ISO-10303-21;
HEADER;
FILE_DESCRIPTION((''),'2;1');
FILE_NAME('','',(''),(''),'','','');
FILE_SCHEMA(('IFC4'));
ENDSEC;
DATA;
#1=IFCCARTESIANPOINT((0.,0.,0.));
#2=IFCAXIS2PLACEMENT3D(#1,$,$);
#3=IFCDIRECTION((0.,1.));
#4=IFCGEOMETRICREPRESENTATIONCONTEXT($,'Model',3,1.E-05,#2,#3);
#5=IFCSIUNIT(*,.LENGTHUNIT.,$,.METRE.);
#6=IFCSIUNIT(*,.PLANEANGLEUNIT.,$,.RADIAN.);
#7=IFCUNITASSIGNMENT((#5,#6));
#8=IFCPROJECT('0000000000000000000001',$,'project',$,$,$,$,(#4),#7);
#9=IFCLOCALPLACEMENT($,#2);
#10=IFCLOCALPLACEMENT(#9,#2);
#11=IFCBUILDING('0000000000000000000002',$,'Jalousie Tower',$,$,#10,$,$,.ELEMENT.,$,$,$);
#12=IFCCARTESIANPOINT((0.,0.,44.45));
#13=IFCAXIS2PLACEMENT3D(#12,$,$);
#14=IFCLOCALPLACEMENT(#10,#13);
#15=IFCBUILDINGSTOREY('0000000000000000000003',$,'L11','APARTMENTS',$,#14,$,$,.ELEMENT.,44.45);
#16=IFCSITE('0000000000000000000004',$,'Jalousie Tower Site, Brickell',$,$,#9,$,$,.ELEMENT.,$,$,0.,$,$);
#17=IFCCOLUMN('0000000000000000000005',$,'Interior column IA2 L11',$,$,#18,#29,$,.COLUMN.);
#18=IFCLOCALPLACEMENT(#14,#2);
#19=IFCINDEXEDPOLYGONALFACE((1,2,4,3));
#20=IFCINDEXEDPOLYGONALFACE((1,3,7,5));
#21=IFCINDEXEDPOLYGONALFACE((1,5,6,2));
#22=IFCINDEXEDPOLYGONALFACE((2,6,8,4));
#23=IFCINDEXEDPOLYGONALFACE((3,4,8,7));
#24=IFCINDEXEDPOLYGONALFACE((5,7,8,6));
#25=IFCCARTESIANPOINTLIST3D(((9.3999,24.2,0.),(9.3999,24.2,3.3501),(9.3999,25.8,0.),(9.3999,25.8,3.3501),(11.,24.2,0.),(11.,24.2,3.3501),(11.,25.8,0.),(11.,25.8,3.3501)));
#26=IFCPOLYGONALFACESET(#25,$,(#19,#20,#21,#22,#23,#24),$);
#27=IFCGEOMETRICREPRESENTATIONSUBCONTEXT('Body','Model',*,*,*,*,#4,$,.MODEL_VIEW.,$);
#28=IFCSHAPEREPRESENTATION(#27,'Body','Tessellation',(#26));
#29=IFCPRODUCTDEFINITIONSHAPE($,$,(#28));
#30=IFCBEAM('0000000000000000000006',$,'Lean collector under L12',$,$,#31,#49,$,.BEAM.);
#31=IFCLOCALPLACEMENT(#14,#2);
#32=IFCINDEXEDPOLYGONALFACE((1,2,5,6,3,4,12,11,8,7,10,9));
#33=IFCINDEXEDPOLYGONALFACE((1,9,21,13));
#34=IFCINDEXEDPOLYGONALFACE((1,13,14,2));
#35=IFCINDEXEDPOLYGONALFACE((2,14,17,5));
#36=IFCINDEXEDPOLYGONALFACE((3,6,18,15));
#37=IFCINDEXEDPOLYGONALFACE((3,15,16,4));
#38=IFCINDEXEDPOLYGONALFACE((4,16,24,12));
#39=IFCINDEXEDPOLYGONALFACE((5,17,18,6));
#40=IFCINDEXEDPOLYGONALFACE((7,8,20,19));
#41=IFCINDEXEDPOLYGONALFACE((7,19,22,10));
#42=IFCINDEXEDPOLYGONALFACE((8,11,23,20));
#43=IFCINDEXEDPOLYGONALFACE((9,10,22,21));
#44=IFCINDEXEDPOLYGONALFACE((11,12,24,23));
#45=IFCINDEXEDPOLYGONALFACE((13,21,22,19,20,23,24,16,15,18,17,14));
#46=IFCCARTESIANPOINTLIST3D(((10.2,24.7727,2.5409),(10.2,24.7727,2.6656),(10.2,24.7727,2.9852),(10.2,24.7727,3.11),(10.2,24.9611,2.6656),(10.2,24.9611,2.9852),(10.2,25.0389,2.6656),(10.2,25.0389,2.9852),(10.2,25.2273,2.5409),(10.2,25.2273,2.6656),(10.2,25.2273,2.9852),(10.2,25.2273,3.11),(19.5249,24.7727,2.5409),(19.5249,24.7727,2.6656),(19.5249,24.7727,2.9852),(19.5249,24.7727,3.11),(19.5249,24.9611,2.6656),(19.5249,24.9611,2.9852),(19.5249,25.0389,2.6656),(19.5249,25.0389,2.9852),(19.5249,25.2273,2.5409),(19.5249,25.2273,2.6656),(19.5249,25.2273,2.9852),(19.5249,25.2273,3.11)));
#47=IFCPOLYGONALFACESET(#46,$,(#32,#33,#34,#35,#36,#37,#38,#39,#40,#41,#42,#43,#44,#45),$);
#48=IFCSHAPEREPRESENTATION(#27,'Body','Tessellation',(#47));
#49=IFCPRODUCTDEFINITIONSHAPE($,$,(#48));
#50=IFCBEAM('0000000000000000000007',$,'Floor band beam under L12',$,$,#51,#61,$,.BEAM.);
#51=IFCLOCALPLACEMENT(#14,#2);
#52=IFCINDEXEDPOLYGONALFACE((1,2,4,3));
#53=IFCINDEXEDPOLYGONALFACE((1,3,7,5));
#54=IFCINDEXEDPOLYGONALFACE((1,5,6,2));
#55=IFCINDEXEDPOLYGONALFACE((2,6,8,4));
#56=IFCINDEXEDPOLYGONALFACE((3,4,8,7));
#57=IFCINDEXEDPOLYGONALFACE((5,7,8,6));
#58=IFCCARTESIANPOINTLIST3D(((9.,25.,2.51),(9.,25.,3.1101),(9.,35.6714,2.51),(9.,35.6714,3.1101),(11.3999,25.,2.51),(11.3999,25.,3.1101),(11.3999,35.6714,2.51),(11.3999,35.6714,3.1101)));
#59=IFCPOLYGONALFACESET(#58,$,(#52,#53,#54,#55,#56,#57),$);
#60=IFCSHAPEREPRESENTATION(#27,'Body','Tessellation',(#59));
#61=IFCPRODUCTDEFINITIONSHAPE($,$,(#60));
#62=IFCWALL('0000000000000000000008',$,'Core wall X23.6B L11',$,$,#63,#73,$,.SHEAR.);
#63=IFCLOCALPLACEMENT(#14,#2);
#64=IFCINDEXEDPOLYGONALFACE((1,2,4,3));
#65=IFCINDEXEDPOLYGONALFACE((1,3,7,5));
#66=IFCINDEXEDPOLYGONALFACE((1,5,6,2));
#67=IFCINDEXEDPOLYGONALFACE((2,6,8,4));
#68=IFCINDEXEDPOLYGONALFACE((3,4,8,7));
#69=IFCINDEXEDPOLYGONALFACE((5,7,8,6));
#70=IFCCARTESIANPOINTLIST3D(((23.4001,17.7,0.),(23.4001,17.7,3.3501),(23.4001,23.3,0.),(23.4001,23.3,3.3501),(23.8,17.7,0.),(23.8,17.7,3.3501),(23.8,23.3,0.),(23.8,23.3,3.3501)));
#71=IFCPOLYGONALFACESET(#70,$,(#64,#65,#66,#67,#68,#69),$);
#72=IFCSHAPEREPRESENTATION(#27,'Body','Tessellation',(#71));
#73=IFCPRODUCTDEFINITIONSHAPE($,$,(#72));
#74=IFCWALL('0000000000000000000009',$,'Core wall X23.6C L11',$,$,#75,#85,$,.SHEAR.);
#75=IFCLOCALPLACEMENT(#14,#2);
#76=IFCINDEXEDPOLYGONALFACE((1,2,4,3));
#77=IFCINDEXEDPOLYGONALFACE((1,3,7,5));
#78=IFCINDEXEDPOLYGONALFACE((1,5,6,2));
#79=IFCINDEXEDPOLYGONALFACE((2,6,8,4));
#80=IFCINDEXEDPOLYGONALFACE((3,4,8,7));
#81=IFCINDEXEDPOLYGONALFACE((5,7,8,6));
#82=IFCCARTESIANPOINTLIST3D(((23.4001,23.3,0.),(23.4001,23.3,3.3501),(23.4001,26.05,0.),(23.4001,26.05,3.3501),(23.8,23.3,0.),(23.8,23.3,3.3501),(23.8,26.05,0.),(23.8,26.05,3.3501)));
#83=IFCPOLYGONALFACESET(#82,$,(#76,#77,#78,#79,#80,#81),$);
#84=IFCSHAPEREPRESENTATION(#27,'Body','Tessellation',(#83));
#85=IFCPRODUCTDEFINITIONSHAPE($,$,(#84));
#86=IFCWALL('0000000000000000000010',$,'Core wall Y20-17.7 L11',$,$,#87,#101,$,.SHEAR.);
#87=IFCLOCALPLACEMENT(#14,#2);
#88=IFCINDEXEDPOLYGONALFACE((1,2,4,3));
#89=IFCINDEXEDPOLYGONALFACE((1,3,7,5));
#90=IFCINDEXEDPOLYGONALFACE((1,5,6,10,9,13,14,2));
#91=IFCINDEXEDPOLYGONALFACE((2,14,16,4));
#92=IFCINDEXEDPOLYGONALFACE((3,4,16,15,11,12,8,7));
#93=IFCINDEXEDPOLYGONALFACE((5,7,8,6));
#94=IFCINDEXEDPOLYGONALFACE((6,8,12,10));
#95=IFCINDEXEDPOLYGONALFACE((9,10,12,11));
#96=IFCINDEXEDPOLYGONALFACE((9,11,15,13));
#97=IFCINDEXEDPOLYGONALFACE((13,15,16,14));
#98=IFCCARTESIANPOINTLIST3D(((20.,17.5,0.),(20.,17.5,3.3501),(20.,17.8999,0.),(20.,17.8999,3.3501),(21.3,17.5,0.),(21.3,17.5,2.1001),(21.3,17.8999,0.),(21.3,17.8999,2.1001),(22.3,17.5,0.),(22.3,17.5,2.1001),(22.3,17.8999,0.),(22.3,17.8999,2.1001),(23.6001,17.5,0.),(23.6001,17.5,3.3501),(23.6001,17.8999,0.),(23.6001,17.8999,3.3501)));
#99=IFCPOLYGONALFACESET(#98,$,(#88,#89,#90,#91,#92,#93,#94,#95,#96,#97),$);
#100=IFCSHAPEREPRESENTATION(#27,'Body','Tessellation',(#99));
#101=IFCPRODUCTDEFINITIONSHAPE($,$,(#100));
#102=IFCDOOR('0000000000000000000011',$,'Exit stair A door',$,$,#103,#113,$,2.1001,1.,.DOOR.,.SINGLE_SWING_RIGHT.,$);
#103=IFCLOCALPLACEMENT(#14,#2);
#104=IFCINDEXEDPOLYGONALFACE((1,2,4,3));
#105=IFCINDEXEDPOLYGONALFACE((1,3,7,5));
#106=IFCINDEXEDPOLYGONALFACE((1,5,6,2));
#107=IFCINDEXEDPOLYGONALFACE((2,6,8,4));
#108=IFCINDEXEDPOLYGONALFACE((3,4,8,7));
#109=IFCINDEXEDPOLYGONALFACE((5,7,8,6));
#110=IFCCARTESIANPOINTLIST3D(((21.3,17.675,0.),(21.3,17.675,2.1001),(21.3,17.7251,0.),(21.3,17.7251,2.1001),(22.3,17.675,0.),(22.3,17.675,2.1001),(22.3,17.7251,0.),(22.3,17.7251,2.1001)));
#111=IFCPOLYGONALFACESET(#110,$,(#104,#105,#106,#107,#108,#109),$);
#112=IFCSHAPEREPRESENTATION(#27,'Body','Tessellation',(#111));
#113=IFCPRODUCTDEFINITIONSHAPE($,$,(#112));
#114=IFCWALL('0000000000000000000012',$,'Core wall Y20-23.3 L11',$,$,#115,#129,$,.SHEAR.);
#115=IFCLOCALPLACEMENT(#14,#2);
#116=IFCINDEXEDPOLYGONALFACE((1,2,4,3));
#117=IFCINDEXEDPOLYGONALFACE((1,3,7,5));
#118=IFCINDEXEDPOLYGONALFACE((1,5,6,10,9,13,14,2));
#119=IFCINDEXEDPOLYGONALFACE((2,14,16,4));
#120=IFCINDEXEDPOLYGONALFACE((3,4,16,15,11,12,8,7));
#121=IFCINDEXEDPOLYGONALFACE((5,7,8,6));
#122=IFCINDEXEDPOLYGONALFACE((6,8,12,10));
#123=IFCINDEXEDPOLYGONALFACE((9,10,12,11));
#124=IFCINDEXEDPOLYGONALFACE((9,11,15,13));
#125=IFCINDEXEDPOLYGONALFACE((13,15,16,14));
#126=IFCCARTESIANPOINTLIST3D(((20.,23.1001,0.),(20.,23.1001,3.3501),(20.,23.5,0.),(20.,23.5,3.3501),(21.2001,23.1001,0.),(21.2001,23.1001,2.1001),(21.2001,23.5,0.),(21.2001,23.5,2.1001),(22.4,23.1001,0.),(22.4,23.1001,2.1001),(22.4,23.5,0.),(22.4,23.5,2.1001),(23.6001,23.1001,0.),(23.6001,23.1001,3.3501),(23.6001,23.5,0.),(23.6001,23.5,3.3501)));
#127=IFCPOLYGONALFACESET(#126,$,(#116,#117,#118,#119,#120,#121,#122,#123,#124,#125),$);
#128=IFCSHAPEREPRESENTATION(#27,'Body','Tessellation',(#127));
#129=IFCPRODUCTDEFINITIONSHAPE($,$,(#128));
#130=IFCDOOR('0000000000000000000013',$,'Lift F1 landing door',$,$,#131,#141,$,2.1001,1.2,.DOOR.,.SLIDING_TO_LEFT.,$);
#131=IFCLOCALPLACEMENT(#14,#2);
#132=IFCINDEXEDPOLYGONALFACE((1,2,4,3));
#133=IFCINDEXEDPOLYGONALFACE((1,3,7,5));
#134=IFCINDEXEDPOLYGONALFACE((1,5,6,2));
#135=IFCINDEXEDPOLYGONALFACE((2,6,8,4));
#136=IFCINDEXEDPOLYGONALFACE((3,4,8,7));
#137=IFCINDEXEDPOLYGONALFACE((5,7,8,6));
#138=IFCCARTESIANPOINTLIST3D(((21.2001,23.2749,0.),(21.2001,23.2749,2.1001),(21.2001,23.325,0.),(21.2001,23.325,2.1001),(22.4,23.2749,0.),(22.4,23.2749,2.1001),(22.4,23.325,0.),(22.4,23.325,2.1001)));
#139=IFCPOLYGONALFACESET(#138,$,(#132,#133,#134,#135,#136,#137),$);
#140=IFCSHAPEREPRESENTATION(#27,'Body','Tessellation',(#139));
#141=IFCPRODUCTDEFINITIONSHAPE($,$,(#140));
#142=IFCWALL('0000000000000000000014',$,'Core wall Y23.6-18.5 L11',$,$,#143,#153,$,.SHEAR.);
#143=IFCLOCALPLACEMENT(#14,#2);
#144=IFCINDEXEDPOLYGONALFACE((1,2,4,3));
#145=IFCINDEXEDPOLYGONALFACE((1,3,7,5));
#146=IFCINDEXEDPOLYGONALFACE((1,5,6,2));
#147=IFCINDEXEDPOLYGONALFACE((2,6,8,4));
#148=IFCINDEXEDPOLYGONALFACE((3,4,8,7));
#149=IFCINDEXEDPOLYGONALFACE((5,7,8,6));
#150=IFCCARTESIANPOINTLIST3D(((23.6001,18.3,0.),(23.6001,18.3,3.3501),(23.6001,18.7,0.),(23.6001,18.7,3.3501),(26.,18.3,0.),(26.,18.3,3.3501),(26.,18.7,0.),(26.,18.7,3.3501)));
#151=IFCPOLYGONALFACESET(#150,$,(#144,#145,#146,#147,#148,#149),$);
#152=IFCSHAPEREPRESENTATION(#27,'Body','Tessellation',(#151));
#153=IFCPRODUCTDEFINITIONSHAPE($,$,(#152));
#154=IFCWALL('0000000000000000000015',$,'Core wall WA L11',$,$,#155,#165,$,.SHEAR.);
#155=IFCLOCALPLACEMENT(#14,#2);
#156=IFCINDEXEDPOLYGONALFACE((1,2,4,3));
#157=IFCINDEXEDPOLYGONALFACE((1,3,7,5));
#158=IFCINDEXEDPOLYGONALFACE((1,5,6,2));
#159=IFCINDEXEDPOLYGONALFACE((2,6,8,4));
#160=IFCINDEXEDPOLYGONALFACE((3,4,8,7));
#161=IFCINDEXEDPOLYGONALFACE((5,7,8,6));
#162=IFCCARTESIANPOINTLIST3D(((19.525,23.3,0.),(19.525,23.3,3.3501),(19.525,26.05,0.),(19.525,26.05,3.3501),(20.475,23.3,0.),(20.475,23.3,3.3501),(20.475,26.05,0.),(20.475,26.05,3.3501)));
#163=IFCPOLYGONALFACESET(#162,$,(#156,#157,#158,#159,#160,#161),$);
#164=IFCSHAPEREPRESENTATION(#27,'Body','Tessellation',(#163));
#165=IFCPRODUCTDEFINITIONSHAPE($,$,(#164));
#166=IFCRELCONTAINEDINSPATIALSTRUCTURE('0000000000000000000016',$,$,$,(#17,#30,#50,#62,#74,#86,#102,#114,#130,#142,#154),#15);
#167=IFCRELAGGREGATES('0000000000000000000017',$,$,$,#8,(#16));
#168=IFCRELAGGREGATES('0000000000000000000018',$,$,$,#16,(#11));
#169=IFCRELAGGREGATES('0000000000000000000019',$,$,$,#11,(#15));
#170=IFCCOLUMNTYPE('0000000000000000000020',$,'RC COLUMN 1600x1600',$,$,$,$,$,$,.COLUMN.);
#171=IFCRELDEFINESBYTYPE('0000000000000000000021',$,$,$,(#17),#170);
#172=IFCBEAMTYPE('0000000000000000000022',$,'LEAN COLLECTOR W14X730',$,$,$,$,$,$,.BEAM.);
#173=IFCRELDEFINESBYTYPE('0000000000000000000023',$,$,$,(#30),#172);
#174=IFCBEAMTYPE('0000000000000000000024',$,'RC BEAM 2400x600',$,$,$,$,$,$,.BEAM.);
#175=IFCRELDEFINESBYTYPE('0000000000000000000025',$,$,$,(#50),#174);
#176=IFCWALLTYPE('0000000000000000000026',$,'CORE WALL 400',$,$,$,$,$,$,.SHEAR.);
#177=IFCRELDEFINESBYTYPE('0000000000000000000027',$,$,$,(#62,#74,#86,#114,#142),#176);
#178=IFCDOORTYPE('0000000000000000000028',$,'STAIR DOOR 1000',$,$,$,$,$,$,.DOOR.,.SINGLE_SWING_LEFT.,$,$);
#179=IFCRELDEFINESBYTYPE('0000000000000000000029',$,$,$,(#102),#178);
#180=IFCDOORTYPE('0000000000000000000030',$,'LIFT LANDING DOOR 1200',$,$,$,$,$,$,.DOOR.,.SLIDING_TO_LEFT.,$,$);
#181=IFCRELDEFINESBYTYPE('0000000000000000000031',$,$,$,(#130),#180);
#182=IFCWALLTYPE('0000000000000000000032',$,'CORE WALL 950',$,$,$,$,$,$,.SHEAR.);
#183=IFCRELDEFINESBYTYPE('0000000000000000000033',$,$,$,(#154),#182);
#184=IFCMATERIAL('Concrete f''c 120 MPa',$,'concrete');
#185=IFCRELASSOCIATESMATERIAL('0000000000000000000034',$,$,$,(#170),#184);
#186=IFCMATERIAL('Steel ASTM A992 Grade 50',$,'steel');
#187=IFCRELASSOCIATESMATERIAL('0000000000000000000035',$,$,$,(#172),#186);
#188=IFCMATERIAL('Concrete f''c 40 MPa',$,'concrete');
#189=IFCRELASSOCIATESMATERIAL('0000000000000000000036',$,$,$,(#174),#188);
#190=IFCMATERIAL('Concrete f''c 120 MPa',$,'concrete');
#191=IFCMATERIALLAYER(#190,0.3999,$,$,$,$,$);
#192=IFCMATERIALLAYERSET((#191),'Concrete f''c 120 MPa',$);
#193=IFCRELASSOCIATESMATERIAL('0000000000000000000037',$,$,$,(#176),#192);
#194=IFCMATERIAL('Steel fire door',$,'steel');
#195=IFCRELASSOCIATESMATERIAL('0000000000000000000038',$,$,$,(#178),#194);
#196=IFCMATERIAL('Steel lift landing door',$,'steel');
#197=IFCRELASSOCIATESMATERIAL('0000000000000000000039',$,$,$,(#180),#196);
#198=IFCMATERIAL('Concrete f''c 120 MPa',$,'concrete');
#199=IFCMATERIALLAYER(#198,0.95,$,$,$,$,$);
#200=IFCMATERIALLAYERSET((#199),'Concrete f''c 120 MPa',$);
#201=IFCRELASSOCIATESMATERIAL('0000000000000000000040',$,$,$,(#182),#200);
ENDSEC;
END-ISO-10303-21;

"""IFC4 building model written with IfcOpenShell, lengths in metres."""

from ifc_helpers import new_model, si_unit, direction, frame, frame_2d, origin, origin_2d, place, context, subcontext, project, spatial, rectangle, i_section, extrude, material, layer, layer_set, material_profile, profile_set, type_object, element, fill, save


model = new_model("IFC4")

# Units and contexts
model_context = context("Model", 3, precision=1e-05, world=origin(), true_north=direction((0.0, 1.0)))
body_context = subcontext(model_context, "Body", "Model", "MODEL_VIEW")
ifc_project = project(units=[si_unit("LENGTHUNIT", "METRE"), si_unit("PLANEANGLEUNIT", "RADIAN")], contexts=[model_context])

# Site, building, storey
site_placement = place(None, origin())
site = spatial("IfcSite", under=ifc_project, at=site_placement, Name="Jalousie Tower Site, Brickell", CompositionType="ELEMENT", RefElevation=0.0)
building_placement = place(site_placement, origin())
building = spatial("IfcBuilding", under=site, at=building_placement, Name="Jalousie Tower", CompositionType="ELEMENT")
storey_placement = place(building_placement, frame((0.0, 0.0, 44.45)))
storey = spatial("IfcBuildingStorey", under=building, at=storey_placement, Name="L11", Description="APARTMENTS", CompositionType="ELEMENT", Elevation=44.45)

# Column
ifc_material_1 = material(Name="Concrete f'c 120 MPa", Category="concrete")
ifc_material_profile_1 = material_profile(ifc_material_1, rectangle(XDim=1.6001, YDim=1.6001, at=origin_2d()), Name="RC 1600x1600")
ifc_profile_set_1 = profile_set([ifc_material_profile_1], Name="Concrete f'c 120 MPa")
column_type = type_object("IfcColumnType", Name="RC COLUMN 1600x1600", PredefinedType="COLUMN", material=ifc_profile_set_1)
column_placement = place(storey_placement, frame((10.2, 25.0, 0.0), z_axis=(0.0, 0.0, 1.0), x_axis=(1.0, 0.0, 0.0)))
element("IfcColumn", 1, at=column_placement, inside=storey, type_object=column_type, Name="Interior column IA2 L11", PredefinedType="COLUMN", context=body_context, shape_type="SweptSolid", body=[
    extrude(rectangle(XDim=1.6001, YDim=1.6001, at=origin_2d()), origin(), (0.0, 0.0, 1.0), 3.3501),
])

# Beams
ifc_material_2 = material(Name="Steel ASTM A992 Grade 50", Category="steel")
ifc_material_profile_2 = material_profile(ifc_material_2, i_section(OverallWidth=0.4546, OverallDepth=0.5691, WebThickness=0.0779, FlangeThickness=0.1248, at=origin_2d()), Name="W14X730")
ifc_profile_set_2 = profile_set([ifc_material_profile_2], Name="Steel ASTM A992 Grade 50")
beam_type_1 = type_object("IfcBeamType", Name="LEAN COLLECTOR W14X730", PredefinedType="BEAM", material=ifc_profile_set_2)
beam_1_placement = place(storey_placement, frame((10.2, 25.0, 2.8254), z_axis=(1.0, 0.0, 0.0), x_axis=(0.0, 1.0, 0.0)))
element("IfcBeam", 2, at=beam_1_placement, inside=storey, type_object=beam_type_1, Name="Lean collector under L12", PredefinedType="BEAM", context=body_context, shape_type="SweptSolid", body=[
    extrude(i_section(OverallWidth=0.4546, OverallDepth=0.5691, WebThickness=0.0779, FlangeThickness=0.1248, at=origin_2d()), origin(), (0.0, 0.0, 1.0), 9.325),
])
ifc_material_3 = material(Name="Concrete f'c 40 MPa", Category="concrete")
ifc_material_profile_3 = material_profile(ifc_material_3, rectangle(XDim=2.3999, YDim=0.6001, at=origin_2d()), Name="RC 2400x600")
ifc_profile_set_3 = profile_set([ifc_material_profile_3], Name="Concrete f'c 40 MPa")
beam_type_2 = type_object("IfcBeamType", Name="RC BEAM 2400x600", PredefinedType="BEAM", material=ifc_profile_set_3)
beam_2_placement = place(storey_placement, frame((10.2, 25.0, 2.8101), z_axis=(0.0, 1.0, 0.0), x_axis=(-1.0, 0.0, 0.0)))
element("IfcBeam", 3, at=beam_2_placement, inside=storey, type_object=beam_type_2, Name="Floor band beam under L12", PredefinedType="BEAM", context=body_context, shape_type="SweptSolid", body=[
    extrude(rectangle(XDim=2.3999, YDim=0.6001, at=origin_2d()), origin(), (0.0, 0.0, 1.0), 10.6714),
])

# Walls
ifc_material_4 = material(Name="Concrete f'c 120 MPa", Category="concrete")
ifc_layer_1 = layer(ifc_material_4, 0.3999)
ifc_layer_set_1 = layer_set([ifc_layer_1], Name="Concrete f'c 120 MPa")
wall_type_1 = type_object("IfcWallType", Name="CORE WALL 400", PredefinedType="SHEAR", material=ifc_layer_set_1)
wall_1_placement = place(storey_placement, frame((23.6001, 17.7, 0.0), z_axis=(0.0, 0.0, 1.0), x_axis=(0.0, 1.0, 0.0)))
element("IfcWall", 4, at=wall_1_placement, inside=storey, type_object=wall_type_1, Name="Core wall X23.6B L11", PredefinedType="SHEAR", context=body_context, shape_type="SweptSolid", body=[
    extrude(rectangle(XDim=5.6001, YDim=0.3999, at=frame_2d((2.8, 0.0))), origin(), (0.0, 0.0, 1.0), 3.3501),
])
wall_2_placement = place(storey_placement, frame((23.6001, 23.3, 0.0), z_axis=(0.0, 0.0, 1.0), x_axis=(0.0, 1.0, 0.0)))
element("IfcWall", 5, at=wall_2_placement, inside=storey, type_object=wall_type_1, Name="Core wall X23.6C L11", PredefinedType="SHEAR", context=body_context, shape_type="SweptSolid", body=[
    extrude(rectangle(XDim=2.75, YDim=0.3999, at=frame_2d((1.375, 0.0))), origin(), (0.0, 0.0, 1.0), 3.3501),
])

# Walls, openings, doors
wall_3_placement = place(storey_placement, frame((20.0, 17.7, 0.0), z_axis=(0.0, 0.0, 1.0), x_axis=(1.0, 0.0, 0.0)))
wall_3 = element("IfcWall", 6, at=wall_3_placement, inside=storey, type_object=wall_type_1, Name="Core wall Y20-17.7 L11", PredefinedType="SHEAR", context=body_context, shape_type="SweptSolid", body=[
    extrude(rectangle(XDim=3.6001, YDim=0.3999, at=frame_2d((1.8, 0.0))), origin(), (0.0, 0.0, 1.0), 3.3501),
])
opening_1_placement = place(wall_3_placement, frame((1.3, 0.0, 0.0)))
opening_1 = element("IfcOpeningElement", 7, at=opening_1_placement, cuts=wall_3, PredefinedType="OPENING", context=body_context, shape_type="SweptSolid", body=[
    extrude(rectangle(XDim=1.0, YDim=2.1001, at=frame_2d((0.5, 1.05))), frame((0.0, 0.21, 0.0), z_axis=(0.0, -1.0, 0.0), x_axis=(1.0, 0.0, 0.0)), (0.0, 0.0, 1.0), 0.4199),
])
ifc_material_5 = material(Name="Steel fire door", Category="steel")
door_type_1 = type_object("IfcDoorType", Name="STAIR DOOR 1000", OperationType="SINGLE_SWING_LEFT", PredefinedType="DOOR", material=ifc_material_5)
door_1_placement = place(opening_1_placement, frame((1.0, 0.0, 0.0), z_axis=(0.0, 0.0, 1.0), x_axis=(-1.0, 0.0, 0.0)))
door_1 = element("IfcDoor", 8, at=door_1_placement, inside=storey, type_object=door_type_1, Name="Exit stair A door", OperationType="SINGLE_SWING_RIGHT", OverallHeight=2.1001, OverallWidth=1.0, PredefinedType="DOOR", context=body_context, shape_type="SweptSolid", body=[
    extrude(rectangle(XDim=1.0, YDim=2.1001, at=frame_2d((0.5, 1.05))), frame((0.0, 0.0249, 0.0), z_axis=(0.0, -1.0, 0.0), x_axis=(1.0, 0.0, 0.0)), (0.0, 0.0, 1.0), 0.05),
])
fill(opening_1, door_1)
wall_4_placement = place(storey_placement, frame((20.0, 23.3, 0.0), z_axis=(0.0, 0.0, 1.0), x_axis=(1.0, 0.0, 0.0)))
wall_4 = element("IfcWall", 9, at=wall_4_placement, inside=storey, type_object=wall_type_1, Name="Core wall Y20-23.3 L11", PredefinedType="SHEAR", context=body_context, shape_type="SweptSolid", body=[
    extrude(rectangle(XDim=3.6001, YDim=0.3999, at=frame_2d((1.8, 0.0))), origin(), (0.0, 0.0, 1.0), 3.3501),
])
opening_2_placement = place(wall_4_placement, frame((1.2, 0.0, 0.0)))
opening_2 = element("IfcOpeningElement", 10, at=opening_2_placement, cuts=wall_4, PredefinedType="OPENING", context=body_context, shape_type="SweptSolid", body=[
    extrude(rectangle(XDim=1.2, YDim=2.1001, at=frame_2d((0.6001, 1.05))), frame((0.0, 0.21, 0.0), z_axis=(0.0, -1.0, 0.0), x_axis=(1.0, 0.0, 0.0)), (0.0, 0.0, 1.0), 0.4199),
])
ifc_material_6 = material(Name="Steel lift landing door", Category="steel")
door_type_2 = type_object("IfcDoorType", Name="LIFT LANDING DOOR 1200", OperationType="SLIDING_TO_LEFT", PredefinedType="DOOR", material=ifc_material_6)
door_2_placement = place(opening_2_placement, origin())
door_2 = element("IfcDoor", 11, at=door_2_placement, inside=storey, type_object=door_type_2, Name="Lift F1 landing door", OperationType="SLIDING_TO_LEFT", OverallHeight=2.1001, OverallWidth=1.2, PredefinedType="DOOR", context=body_context, shape_type="SweptSolid", body=[
    extrude(rectangle(XDim=1.2, YDim=2.1001, at=frame_2d((0.6001, 1.05))), frame((0.0, 0.0249, 0.0), z_axis=(0.0, -1.0, 0.0), x_axis=(1.0, 0.0, 0.0)), (0.0, 0.0, 1.0), 0.05),
])
fill(opening_2, door_2)

# Walls
wall_5_placement = place(storey_placement, frame((23.6001, 18.5, 0.0), z_axis=(0.0, 0.0, 1.0), x_axis=(1.0, 0.0, 0.0)))
element("IfcWall", 12, at=wall_5_placement, inside=storey, type_object=wall_type_1, Name="Core wall Y23.6-18.5 L11", PredefinedType="SHEAR", context=body_context, shape_type="SweptSolid", body=[
    extrude(rectangle(XDim=2.3999, YDim=0.3999, at=frame_2d((1.2, 0.0))), origin(), (0.0, 0.0, 1.0), 3.3501),
])
ifc_material_7 = material(Name="Concrete f'c 120 MPa", Category="concrete")
ifc_layer_2 = layer(ifc_material_7, 0.95)
ifc_layer_set_2 = layer_set([ifc_layer_2], Name="Concrete f'c 120 MPa")
wall_type_2 = type_object("IfcWallType", Name="CORE WALL 950", PredefinedType="SHEAR", material=ifc_layer_set_2)
wall_6_placement = place(storey_placement, frame((20.0, 26.05, 0.0), z_axis=(0.0, 0.0, 1.0), x_axis=(0.0, -1.0, 0.0)))
element("IfcWall", 13, at=wall_6_placement, inside=storey, type_object=wall_type_2, Name="Core wall WA L11", PredefinedType="SHEAR", context=body_context, shape_type="SweptSolid", body=[
    extrude(rectangle(XDim=2.75, YDim=0.95, at=frame_2d((1.375, 0.0))), origin(), (0.0, 0.0, 1.0), 3.3501),
])

save(model, "model.ifc")
